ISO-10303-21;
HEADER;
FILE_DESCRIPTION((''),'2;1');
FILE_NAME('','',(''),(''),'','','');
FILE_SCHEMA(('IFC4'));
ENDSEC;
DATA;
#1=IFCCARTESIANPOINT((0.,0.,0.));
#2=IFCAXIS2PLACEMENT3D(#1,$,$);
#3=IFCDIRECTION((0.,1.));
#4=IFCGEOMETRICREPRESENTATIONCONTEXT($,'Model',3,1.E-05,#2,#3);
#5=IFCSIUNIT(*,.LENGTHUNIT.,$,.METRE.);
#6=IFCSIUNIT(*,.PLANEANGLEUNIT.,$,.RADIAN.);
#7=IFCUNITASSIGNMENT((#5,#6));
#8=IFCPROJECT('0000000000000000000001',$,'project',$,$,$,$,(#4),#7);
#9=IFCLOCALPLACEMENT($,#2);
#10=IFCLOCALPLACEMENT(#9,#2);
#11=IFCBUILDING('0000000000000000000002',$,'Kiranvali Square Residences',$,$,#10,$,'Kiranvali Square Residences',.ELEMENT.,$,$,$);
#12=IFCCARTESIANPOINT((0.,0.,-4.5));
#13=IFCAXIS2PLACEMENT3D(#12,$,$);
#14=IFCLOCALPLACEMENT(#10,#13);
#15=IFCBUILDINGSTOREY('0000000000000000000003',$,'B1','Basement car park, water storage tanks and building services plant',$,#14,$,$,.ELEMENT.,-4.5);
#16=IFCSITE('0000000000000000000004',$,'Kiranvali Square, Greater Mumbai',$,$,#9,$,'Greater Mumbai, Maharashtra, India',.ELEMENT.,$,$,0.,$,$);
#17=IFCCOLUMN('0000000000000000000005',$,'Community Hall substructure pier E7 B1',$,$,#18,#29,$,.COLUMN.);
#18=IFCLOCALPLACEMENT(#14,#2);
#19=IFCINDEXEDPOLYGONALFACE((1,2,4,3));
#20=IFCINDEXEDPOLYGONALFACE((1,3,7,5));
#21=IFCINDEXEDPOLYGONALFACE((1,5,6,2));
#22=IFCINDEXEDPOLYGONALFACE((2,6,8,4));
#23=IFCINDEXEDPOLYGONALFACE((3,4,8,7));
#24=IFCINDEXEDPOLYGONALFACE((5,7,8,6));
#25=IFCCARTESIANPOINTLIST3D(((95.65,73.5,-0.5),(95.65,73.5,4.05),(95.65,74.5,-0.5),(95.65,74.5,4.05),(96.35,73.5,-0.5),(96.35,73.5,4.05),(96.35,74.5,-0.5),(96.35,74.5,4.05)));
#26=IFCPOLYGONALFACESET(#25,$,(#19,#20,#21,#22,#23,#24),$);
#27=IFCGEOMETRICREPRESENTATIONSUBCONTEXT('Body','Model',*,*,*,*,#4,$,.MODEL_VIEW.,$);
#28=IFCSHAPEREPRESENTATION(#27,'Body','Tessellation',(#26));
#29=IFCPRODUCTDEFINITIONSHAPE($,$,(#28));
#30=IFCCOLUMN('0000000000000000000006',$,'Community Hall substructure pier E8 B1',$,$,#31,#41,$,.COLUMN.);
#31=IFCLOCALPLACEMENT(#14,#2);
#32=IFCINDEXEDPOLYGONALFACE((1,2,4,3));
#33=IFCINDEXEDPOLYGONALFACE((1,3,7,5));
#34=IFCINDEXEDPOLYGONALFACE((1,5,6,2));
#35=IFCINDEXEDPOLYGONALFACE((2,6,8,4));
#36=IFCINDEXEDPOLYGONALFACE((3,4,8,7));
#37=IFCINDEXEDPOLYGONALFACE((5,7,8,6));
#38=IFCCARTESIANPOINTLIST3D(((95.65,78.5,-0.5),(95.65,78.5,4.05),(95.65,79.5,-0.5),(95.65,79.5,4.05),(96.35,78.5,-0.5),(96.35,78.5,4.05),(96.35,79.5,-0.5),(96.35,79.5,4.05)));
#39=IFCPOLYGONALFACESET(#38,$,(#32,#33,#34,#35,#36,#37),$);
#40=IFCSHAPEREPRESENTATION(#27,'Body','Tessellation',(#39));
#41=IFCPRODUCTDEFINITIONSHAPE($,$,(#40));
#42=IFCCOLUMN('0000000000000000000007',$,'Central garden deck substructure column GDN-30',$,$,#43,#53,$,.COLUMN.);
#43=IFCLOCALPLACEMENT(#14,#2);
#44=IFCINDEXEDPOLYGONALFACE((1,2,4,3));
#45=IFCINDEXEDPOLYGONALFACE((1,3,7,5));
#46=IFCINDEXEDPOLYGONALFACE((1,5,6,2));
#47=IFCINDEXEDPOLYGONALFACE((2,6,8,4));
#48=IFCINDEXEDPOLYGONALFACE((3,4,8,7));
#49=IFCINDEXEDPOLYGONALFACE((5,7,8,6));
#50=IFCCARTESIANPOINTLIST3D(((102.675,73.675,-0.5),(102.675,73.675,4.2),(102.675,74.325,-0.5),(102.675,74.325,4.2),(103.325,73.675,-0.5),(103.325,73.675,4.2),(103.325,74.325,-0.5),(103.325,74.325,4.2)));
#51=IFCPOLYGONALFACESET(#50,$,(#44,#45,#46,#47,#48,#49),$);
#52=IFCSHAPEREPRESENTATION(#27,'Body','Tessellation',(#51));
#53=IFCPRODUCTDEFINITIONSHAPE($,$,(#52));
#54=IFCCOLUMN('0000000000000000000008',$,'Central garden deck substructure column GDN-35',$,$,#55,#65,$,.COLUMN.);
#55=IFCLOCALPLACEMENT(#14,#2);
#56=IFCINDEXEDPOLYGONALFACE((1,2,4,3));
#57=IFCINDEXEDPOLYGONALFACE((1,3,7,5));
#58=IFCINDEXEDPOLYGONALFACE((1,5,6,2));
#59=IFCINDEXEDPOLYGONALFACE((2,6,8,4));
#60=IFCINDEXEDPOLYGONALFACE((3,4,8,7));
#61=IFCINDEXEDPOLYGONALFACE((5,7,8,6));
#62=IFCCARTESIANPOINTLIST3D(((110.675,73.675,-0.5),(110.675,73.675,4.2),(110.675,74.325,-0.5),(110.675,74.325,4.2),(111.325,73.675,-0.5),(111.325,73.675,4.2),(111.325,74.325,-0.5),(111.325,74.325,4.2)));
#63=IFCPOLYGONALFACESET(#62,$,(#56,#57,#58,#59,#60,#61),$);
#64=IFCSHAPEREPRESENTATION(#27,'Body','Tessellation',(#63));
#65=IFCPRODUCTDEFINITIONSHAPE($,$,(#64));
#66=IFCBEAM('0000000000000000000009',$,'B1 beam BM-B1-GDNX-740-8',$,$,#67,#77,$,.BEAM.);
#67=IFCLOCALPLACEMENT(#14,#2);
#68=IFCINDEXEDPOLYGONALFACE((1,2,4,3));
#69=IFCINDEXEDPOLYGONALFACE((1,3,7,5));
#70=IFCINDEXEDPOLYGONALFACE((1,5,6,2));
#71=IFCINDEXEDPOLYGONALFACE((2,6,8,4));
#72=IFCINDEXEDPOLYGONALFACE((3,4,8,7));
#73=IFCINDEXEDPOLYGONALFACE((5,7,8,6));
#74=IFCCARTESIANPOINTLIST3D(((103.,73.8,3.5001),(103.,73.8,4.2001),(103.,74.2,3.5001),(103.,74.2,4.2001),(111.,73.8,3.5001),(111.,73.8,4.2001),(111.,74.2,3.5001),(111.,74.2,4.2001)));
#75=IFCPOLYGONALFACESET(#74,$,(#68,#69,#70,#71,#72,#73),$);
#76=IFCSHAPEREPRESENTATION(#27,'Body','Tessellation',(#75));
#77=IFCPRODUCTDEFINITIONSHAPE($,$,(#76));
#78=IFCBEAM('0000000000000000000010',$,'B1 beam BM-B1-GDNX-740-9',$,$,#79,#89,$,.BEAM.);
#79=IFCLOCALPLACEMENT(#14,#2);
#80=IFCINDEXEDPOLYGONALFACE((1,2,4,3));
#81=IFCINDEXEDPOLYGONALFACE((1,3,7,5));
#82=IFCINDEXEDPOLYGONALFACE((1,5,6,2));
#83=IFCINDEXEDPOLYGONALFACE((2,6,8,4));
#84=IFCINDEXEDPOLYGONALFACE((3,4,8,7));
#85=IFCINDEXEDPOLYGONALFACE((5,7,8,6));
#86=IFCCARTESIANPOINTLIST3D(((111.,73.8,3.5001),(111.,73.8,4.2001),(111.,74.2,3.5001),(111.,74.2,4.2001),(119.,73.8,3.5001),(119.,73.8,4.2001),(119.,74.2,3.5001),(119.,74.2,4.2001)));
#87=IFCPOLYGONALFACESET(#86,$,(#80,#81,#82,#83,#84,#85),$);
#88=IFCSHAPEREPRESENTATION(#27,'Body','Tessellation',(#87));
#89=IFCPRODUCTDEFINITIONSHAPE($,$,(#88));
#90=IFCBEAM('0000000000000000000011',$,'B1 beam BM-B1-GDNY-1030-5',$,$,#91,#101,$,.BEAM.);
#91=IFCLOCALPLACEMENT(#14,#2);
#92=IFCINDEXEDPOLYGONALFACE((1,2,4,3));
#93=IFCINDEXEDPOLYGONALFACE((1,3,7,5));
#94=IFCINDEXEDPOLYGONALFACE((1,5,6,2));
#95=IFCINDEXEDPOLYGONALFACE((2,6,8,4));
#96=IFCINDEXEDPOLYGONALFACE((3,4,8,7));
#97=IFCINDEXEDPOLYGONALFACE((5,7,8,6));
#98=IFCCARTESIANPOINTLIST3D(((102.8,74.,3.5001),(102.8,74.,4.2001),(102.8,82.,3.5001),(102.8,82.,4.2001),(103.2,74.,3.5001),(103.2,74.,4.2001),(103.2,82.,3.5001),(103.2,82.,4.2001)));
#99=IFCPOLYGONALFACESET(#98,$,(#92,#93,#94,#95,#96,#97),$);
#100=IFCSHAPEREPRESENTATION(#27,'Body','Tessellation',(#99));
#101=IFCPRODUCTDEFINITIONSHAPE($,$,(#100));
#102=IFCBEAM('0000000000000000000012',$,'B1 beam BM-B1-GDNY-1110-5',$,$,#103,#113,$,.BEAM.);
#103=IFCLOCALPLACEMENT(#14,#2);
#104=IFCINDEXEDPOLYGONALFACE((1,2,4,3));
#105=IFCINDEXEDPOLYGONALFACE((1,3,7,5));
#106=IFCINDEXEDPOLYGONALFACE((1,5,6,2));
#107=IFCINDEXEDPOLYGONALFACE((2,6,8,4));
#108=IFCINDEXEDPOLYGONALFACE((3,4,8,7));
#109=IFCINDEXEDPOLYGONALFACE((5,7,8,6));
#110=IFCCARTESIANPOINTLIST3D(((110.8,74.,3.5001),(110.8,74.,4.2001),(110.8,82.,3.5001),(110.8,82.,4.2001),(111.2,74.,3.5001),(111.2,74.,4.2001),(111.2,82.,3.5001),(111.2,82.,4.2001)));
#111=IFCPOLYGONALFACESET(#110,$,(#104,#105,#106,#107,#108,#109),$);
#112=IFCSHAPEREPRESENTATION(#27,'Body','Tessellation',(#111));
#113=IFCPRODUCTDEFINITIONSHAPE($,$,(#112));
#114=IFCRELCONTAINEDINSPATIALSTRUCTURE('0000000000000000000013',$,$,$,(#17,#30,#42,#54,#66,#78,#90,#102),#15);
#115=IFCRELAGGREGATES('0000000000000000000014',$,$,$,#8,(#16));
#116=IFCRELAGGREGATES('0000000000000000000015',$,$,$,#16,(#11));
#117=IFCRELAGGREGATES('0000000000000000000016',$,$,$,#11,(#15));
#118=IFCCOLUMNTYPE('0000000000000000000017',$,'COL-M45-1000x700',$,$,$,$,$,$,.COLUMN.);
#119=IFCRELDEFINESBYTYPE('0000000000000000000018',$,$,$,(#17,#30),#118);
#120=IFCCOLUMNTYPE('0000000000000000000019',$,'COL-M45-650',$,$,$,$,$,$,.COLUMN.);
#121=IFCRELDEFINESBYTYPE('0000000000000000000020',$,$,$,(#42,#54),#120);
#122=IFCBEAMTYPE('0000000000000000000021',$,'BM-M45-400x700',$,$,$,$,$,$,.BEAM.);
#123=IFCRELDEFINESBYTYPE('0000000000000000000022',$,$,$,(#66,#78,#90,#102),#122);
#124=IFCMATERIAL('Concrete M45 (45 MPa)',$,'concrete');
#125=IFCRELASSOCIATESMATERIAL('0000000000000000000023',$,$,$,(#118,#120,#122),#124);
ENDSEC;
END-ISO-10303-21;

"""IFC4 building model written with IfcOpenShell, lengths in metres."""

from ifc_helpers import new_model, si_unit, direction, frame, origin, origin_2d, place, context, subcontext, project, spatial, rectangle, extrude, material, material_profile, profile_set, type_object, element, save


model = new_model("IFC4")

# Units and contexts
model_context = context("Model", 3, precision=1e-05, world=origin(), true_north=direction((0.0, 1.0)))
body_context = subcontext(model_context, "Body", "Model", "MODEL_VIEW")
ifc_project = project(units=[si_unit("LENGTHUNIT", "METRE"), si_unit("PLANEANGLEUNIT", "RADIAN")], contexts=[model_context])

# Site, building, storey
site_placement = place(None, origin())
site = spatial("IfcSite", under=ifc_project, at=site_placement, Name="Kiranvali Square, Greater Mumbai", LongName="Greater Mumbai, Maharashtra, India", CompositionType="ELEMENT", RefElevation=0.0)
building_placement = place(site_placement, origin())
building = spatial("IfcBuilding", under=site, at=building_placement, Name="Kiranvali Square Residences", LongName="Kiranvali Square Residences", CompositionType="ELEMENT")
storey_placement = place(building_placement, frame((0.0, 0.0, -4.5)))
storey = spatial("IfcBuildingStorey", under=building, at=storey_placement, Name="B1", Description="Basement car park, water storage tanks and building services plant", CompositionType="ELEMENT", Elevation=-4.5)

# Columns
ifc_material_1 = material(Name="Concrete M45 (45 MPa)", Category="concrete")
ifc_material_profile_1 = material_profile(ifc_material_1, rectangle(XDim=0.7, YDim=1.0, at=origin_2d()), Name="RC 1000x700")
ifc_profile_set_1 = profile_set([ifc_material_profile_1], Name="Concrete M45 (45 MPa)")
column_type_1 = type_object("IfcColumnType", Name="COL-M45-1000x700", PredefinedType="COLUMN", material=ifc_profile_set_1)
for number, where, z_axis, x_axis, name in (
    (1, (96.0, 74.0, -0.5), (0.0, 0.0, 1.0), (1.0, 0.0, 0.0), "Community Hall substructure pier E7 B1"),
    (2, (96.0, 79.0, -0.5), (0.0, 0.0, 1.0), (1.0, 0.0, 0.0), "Community Hall substructure pier E8 B1"),
):
    element("IfcColumn", number, at=place(storey_placement, frame(where, z_axis=z_axis, x_axis=x_axis)), inside=storey, type_object=column_type_1, Name=name, PredefinedType="COLUMN", context=body_context, shape_type="SweptSolid", body=[
        extrude(rectangle(XDim=0.7, YDim=1.0, at=origin_2d()), origin(), (0.0, 0.0, 1.0), 4.55),
    ])
ifc_material_profile_2 = material_profile(ifc_material_1, rectangle(XDim=0.6499, YDim=0.6499, at=origin_2d()), Name="RC 650x650")
ifc_profile_set_2 = profile_set([ifc_material_profile_2], Name="Concrete M45 (45 MPa)")
column_type_2 = type_object("IfcColumnType", Name="COL-M45-650", PredefinedType="COLUMN", material=ifc_profile_set_2)
for number, where, z_axis, x_axis, name in (
    (3, (103.0, 74.0, -0.5), (0.0, 0.0, 1.0), (1.0, 0.0, 0.0), "Central garden deck substructure column GDN-30"),
    (4, (111.0, 74.0, -0.5), (0.0, 0.0, 1.0), (1.0, 0.0, 0.0), "Central garden deck substructure column GDN-35"),
):
    element("IfcColumn", number, at=place(storey_placement, frame(where, z_axis=z_axis, x_axis=x_axis)), inside=storey, type_object=column_type_2, Name=name, PredefinedType="COLUMN", context=body_context, shape_type="SweptSolid", body=[
        extrude(rectangle(XDim=0.6499, YDim=0.6499, at=origin_2d()), origin(), (0.0, 0.0, 1.0), 4.7),
    ])

# Beams
ifc_material_profile_3 = material_profile(ifc_material_1, rectangle(XDim=0.3999, YDim=0.7, at=origin_2d()), Name="RC 400x700")
ifc_profile_set_3 = profile_set([ifc_material_profile_3], Name="Concrete M45 (45 MPa)")
beam_type = type_object("IfcBeamType", Name="BM-M45-400x700", PredefinedType="BEAM", material=ifc_profile_set_3)
for number, where, z_axis, x_axis, name in (
    (5, (103.0, 74.0, 3.8501), (1.0, 0.0, 0.0), (0.0, 1.0, 0.0), "B1 beam BM-B1-GDNX-740-8"),
    (6, (111.0, 74.0, 3.8501), (1.0, 0.0, 0.0), (0.0, 1.0, 0.0), "B1 beam BM-B1-GDNX-740-9"),
    (7, (103.0, 74.0, 3.8501), (0.0, 1.0, 0.0), (-1.0, 0.0, 0.0), "B1 beam BM-B1-GDNY-1030-5"),
    (8, (111.0, 74.0, 3.8501), (0.0, 1.0, 0.0), (-1.0, 0.0, 0.0), "B1 beam BM-B1-GDNY-1110-5"),
):
    element("IfcBeam", number, at=place(storey_placement, frame(where, z_axis=z_axis, x_axis=x_axis)), inside=storey, type_object=beam_type, Name=name, PredefinedType="BEAM", context=body_context, shape_type="SweptSolid", body=[
        extrude(rectangle(XDim=0.3999, YDim=0.7, at=origin_2d()), origin(), (0.0, 0.0, 1.0), 8.0),
    ])

save(model, "model.ifc")
